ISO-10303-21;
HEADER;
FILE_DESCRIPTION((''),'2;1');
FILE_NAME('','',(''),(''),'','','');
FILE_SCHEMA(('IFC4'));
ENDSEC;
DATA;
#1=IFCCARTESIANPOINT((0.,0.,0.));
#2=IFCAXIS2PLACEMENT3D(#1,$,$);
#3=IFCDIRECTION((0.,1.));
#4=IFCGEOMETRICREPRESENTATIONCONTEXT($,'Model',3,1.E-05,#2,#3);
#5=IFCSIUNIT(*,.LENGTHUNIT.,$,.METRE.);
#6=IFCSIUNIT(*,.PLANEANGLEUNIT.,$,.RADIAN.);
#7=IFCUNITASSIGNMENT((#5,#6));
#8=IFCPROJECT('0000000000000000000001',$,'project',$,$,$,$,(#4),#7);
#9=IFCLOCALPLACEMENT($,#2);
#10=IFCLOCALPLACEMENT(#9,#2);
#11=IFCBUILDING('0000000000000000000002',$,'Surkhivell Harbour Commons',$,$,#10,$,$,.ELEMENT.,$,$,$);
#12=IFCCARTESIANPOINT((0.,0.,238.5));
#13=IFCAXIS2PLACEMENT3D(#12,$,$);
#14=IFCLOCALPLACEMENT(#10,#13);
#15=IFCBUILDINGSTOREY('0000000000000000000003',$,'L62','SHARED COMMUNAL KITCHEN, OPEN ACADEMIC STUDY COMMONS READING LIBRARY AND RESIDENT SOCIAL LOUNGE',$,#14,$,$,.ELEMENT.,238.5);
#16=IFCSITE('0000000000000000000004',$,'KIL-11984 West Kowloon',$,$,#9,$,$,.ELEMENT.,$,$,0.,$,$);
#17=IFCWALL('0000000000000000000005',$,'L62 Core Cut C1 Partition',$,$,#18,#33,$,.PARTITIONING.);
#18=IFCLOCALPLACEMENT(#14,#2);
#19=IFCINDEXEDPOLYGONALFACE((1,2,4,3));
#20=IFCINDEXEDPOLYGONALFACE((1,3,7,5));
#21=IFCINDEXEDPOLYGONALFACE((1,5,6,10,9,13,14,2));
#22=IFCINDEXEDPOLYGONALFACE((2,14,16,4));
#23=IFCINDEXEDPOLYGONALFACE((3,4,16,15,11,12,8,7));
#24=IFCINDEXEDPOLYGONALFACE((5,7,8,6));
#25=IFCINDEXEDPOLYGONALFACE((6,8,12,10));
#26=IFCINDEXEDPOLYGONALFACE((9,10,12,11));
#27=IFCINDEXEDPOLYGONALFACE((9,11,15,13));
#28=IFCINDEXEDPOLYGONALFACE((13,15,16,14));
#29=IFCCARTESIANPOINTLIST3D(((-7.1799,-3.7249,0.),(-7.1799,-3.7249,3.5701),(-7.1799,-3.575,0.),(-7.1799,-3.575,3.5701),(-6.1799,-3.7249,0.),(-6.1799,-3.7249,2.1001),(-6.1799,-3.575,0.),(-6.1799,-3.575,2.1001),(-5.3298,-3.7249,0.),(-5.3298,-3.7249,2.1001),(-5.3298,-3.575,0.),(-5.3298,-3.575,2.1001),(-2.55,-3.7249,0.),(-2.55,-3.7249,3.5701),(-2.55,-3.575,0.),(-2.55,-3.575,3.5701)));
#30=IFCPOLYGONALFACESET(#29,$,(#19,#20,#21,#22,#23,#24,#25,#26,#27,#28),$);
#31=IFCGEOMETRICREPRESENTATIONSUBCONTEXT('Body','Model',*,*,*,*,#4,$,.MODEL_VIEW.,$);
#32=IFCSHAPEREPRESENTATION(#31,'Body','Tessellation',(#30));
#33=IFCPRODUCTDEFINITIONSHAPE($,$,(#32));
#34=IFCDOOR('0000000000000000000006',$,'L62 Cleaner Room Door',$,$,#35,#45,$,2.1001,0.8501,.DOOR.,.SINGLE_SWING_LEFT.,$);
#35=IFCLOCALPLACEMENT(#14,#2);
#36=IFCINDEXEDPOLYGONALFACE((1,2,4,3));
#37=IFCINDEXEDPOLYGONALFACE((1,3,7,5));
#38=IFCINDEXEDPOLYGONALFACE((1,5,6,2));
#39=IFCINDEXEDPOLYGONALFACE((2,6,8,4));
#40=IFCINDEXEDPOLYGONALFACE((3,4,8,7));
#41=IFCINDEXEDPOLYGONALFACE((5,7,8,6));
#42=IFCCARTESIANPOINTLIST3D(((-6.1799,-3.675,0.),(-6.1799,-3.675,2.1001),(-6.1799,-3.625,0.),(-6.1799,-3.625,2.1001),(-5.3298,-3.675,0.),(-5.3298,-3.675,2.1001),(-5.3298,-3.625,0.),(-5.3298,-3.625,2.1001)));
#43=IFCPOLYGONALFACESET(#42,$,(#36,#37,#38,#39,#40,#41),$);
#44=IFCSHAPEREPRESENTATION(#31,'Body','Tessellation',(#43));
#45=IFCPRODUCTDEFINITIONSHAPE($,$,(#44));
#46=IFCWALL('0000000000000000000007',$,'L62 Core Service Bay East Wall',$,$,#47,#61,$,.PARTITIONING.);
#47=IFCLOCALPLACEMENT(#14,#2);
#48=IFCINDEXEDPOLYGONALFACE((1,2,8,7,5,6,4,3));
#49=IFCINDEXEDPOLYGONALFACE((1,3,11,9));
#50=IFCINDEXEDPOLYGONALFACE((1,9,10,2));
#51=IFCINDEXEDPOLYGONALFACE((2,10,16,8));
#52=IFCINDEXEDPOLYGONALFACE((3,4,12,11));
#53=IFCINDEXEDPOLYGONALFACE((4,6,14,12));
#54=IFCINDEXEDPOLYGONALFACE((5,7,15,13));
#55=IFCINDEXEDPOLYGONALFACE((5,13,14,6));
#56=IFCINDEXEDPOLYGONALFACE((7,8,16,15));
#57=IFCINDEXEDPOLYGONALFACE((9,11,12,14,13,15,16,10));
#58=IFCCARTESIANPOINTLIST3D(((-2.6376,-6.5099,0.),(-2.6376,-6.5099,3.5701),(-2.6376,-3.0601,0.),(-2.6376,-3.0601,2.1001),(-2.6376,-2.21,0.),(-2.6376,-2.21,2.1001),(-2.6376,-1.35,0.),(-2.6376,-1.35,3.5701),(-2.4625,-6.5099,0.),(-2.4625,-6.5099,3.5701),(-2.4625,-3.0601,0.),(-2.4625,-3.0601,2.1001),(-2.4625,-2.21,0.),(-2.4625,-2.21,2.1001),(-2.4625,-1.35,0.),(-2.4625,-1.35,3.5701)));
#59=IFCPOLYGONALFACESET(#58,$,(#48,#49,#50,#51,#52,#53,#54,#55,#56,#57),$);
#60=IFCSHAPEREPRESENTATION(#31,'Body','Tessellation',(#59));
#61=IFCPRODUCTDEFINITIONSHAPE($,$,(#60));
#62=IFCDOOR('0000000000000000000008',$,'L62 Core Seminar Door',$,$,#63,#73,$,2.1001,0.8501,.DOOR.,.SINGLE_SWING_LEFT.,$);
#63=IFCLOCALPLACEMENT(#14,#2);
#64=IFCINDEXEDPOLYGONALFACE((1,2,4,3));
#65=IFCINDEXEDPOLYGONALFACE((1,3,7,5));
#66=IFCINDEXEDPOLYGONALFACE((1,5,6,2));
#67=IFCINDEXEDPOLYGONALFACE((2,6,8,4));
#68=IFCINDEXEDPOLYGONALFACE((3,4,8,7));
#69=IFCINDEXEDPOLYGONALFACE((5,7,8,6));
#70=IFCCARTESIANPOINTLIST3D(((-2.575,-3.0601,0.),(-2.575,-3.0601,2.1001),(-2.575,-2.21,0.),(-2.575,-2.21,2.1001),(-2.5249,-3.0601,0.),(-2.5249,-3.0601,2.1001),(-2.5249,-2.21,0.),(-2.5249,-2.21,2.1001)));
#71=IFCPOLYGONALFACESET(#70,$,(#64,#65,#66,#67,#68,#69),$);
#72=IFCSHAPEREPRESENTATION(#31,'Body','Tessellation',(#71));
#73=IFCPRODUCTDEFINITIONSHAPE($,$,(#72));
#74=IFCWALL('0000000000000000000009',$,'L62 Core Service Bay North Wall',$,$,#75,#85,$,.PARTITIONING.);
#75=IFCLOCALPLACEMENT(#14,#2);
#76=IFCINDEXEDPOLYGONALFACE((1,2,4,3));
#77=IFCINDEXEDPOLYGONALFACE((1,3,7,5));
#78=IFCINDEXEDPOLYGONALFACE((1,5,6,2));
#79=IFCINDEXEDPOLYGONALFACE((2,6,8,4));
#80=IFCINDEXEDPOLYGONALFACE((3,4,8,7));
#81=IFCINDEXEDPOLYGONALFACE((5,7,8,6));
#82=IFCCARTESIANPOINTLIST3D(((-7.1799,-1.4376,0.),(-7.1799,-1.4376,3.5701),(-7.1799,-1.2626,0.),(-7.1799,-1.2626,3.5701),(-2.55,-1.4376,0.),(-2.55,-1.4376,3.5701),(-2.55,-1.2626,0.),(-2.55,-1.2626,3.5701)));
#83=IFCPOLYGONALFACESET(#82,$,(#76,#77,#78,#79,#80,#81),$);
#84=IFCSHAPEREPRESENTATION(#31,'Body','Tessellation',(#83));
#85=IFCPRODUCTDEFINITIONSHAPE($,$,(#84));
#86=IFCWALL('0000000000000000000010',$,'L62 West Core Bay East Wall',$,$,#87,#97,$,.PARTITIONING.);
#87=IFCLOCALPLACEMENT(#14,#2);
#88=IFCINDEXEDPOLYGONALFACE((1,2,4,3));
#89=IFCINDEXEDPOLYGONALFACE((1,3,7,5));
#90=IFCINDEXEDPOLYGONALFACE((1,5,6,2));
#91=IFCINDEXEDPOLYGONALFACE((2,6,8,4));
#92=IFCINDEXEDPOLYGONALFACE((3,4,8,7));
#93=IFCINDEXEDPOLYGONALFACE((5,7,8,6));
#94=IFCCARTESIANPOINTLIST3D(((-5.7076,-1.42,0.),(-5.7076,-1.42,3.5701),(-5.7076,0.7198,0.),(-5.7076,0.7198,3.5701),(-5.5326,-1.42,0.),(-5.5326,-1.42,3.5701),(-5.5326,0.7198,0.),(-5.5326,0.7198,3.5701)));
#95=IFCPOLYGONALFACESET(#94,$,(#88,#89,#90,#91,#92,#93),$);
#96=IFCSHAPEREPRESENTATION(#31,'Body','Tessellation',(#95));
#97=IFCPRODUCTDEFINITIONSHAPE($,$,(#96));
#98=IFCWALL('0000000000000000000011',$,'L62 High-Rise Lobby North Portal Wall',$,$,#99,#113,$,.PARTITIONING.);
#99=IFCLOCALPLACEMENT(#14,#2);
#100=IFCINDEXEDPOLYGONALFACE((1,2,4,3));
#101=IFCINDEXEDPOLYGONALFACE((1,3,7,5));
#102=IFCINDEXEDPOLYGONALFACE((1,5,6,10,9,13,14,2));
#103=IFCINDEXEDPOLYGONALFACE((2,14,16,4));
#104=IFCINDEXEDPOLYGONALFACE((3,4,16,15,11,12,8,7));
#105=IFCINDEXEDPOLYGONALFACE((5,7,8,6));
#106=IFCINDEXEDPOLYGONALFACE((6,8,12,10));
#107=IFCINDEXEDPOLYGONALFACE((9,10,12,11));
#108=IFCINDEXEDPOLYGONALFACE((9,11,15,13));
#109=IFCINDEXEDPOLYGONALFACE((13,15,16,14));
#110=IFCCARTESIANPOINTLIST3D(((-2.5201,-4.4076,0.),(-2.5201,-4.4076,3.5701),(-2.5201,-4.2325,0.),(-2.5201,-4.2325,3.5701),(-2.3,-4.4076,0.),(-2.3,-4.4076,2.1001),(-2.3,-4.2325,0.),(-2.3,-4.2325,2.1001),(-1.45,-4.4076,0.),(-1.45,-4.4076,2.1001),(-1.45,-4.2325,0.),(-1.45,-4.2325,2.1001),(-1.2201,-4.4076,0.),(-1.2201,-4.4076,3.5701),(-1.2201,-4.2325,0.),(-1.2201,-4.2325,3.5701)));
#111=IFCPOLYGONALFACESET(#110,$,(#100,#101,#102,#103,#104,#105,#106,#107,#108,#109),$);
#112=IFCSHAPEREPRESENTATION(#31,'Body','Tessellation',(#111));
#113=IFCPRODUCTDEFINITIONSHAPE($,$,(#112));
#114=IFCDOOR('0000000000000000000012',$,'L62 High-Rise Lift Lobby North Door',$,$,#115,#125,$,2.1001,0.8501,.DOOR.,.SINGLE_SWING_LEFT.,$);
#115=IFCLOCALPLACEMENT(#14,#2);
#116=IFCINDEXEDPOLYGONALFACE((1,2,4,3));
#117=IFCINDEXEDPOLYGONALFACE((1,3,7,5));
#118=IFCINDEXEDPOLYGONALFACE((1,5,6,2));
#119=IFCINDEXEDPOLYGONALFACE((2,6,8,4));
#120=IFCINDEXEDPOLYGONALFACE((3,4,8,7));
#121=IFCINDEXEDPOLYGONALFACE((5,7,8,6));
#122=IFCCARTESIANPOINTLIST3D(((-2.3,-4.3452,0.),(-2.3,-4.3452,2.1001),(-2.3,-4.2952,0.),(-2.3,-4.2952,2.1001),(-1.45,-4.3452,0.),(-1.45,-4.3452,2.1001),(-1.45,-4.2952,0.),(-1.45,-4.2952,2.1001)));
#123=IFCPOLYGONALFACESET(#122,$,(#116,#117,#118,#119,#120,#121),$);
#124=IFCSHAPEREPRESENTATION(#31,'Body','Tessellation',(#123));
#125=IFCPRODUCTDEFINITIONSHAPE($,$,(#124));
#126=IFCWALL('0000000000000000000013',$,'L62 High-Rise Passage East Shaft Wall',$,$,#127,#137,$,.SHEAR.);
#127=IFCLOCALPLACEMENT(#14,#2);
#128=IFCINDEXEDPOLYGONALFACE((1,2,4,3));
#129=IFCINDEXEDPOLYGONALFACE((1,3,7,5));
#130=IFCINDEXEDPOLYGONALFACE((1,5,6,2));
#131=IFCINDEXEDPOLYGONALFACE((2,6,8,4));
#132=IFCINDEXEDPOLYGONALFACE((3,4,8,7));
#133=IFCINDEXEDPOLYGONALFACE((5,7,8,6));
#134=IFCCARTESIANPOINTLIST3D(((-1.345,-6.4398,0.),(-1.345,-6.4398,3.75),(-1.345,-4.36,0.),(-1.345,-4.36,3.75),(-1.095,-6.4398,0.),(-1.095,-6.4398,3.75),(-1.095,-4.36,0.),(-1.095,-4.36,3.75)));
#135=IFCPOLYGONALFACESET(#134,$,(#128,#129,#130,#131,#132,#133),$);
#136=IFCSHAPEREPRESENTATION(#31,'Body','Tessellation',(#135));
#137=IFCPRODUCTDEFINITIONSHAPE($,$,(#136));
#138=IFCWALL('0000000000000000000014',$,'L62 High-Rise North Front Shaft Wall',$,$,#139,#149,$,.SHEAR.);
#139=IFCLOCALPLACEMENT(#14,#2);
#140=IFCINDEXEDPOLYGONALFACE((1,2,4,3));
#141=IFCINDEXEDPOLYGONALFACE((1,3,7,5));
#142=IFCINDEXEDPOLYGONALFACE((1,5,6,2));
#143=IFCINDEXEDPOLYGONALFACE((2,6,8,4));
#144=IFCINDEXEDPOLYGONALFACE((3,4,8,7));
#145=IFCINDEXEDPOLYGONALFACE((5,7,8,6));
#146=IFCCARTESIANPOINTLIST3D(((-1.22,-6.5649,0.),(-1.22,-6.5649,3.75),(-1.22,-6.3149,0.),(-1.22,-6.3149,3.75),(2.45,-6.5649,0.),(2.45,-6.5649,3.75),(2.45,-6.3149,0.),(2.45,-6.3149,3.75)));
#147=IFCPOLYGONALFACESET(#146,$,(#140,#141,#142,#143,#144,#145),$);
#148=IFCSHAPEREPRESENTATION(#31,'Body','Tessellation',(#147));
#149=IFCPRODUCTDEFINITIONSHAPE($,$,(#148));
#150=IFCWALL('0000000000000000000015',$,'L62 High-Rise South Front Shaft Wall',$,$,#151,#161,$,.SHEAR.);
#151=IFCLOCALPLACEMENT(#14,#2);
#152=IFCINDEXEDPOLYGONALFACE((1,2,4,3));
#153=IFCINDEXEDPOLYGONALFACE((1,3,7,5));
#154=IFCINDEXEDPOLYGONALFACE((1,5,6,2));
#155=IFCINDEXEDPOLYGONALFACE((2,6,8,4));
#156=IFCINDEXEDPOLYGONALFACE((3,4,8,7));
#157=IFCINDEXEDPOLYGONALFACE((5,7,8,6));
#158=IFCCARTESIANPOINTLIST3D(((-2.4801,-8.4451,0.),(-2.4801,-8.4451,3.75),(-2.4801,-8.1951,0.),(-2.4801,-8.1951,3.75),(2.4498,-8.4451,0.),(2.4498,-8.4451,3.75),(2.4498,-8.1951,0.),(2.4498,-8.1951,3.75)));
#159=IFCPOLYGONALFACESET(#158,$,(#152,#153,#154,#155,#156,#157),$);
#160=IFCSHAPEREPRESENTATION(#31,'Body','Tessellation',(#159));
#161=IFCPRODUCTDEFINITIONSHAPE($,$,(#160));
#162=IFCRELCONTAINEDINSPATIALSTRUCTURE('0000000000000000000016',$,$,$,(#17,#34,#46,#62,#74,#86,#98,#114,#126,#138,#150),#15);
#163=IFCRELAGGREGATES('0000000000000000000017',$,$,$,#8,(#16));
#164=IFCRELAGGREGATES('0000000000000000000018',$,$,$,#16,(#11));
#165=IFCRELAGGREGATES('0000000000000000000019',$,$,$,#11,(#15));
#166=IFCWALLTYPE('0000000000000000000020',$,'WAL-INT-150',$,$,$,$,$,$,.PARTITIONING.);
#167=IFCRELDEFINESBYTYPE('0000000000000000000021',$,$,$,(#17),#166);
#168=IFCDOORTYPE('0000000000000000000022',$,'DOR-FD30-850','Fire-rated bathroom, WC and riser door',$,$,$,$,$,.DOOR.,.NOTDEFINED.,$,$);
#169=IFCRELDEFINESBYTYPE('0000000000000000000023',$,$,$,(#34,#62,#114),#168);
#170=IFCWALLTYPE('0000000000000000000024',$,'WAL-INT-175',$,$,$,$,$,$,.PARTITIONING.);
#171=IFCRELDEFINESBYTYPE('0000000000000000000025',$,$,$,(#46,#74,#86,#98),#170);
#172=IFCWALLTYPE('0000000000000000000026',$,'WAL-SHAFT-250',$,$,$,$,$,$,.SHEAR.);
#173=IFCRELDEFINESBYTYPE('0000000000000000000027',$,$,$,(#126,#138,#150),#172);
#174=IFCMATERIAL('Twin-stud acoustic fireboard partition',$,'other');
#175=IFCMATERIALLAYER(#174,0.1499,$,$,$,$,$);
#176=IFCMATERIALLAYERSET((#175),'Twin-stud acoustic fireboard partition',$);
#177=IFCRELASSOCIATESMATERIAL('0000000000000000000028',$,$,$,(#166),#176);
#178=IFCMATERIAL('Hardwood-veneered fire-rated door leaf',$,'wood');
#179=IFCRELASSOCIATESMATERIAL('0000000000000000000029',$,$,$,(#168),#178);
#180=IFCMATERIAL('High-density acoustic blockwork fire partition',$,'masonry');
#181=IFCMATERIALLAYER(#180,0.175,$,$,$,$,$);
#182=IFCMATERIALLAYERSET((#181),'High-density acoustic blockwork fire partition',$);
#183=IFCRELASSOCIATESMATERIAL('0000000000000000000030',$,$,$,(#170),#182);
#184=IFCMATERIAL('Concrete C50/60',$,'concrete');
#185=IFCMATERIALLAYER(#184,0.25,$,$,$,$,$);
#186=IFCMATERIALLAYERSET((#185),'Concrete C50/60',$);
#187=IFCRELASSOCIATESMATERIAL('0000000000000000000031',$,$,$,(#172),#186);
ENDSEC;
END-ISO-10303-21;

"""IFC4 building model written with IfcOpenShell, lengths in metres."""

from ifc_helpers import new_model, si_unit, direction, frame, frame_2d, origin, place, context, subcontext, project, spatial, rectangle, extrude, material, layer, layer_set, type_object, element, fill, save


model = new_model("IFC4")

# Units and contexts
model_context = context("Model", 3, precision=1e-05, world=origin(), true_north=direction((0.0, 1.0)))
body_context = subcontext(model_context, "Body", "Model", "MODEL_VIEW")
ifc_project = project(units=[si_unit("LENGTHUNIT", "METRE"), si_unit("PLANEANGLEUNIT", "RADIAN")], contexts=[model_context])

# Site, building, storey
site_placement = place(None, origin())
site = spatial("IfcSite", under=ifc_project, at=site_placement, Name="KIL-11984 West Kowloon", CompositionType="ELEMENT", RefElevation=0.0)
building_placement = place(site_placement, origin())
building = spatial("IfcBuilding", under=site, at=building_placement, Name="Surkhivell Harbour Commons", CompositionType="ELEMENT")
storey_placement = place(building_placement, frame((0.0, 0.0, 238.5)))
storey = spatial("IfcBuildingStorey", under=building, at=storey_placement, Name="L62", Description="SHARED COMMUNAL KITCHEN, OPEN ACADEMIC STUDY COMMONS READING LIBRARY AND RESIDENT SOCIAL LOUNGE", CompositionType="ELEMENT", Elevation=238.5)

# Walls, openings, doors
ifc_material_1 = material(Name="Twin-stud acoustic fireboard partition", Category="other")
ifc_layer_1 = layer(ifc_material_1, 0.1499)
ifc_layer_set_1 = layer_set([ifc_layer_1], Name="Twin-stud acoustic fireboard partition")
wall_type_1 = type_object("IfcWallType", Name="WAL-INT-150", PredefinedType="PARTITIONING", material=ifc_layer_set_1)
wall_1_placement = place(storey_placement, frame((-7.1799, -3.6499, 0.0), z_axis=(0.0, 0.0, 1.0), x_axis=(1.0, 0.0, 0.0)))
wall_1 = element("IfcWall", 1, at=wall_1_placement, inside=storey, type_object=wall_type_1, Name="L62 Core Cut C1 Partition", PredefinedType="PARTITIONING", context=body_context, shape_type="SweptSolid", body=[
    extrude(rectangle(XDim=4.6299, YDim=0.1499, at=frame_2d((2.3149, 0.0))), origin(), (0.0, 0.0, 1.0), 3.5701),
])
opening_1_placement = place(wall_1_placement, frame((1.0, 0.0, 0.0)))
opening_1 = element("IfcOpeningElement", 2, at=opening_1_placement, cuts=wall_1, PredefinedType="OPENING", context=body_context, shape_type="SweptSolid", body=[
    extrude(rectangle(XDim=0.8501, YDim=2.1001, at=frame_2d((0.425, 1.05))), frame((0.0, 0.085, 0.0), z_axis=(0.0, -1.0, 0.0), x_axis=(1.0, 0.0, 0.0)), (0.0, 0.0, 1.0), 0.1699),
])
ifc_material_2 = material(Name="Hardwood-veneered fire-rated door leaf", Category="wood")
door_type = type_object("IfcDoorType", Name="DOR-FD30-850", Description="Fire-rated bathroom, WC and riser door", OperationType="NOTDEFINED", PredefinedType="DOOR", material=ifc_material_2)
door_1_placement = place(opening_1_placement, origin())
door_1 = element("IfcDoor", 3, at=door_1_placement, inside=storey, type_object=door_type, Name="L62 Cleaner Room Door", OperationType="SINGLE_SWING_LEFT", OverallHeight=2.1001, OverallWidth=0.8501, PredefinedType="DOOR", context=body_context, shape_type="SweptSolid", body=[
    extrude(rectangle(XDim=0.8501, YDim=2.1001, at=frame_2d((0.425, 1.05))), frame((0.0, 0.0249, 0.0), z_axis=(0.0, -1.0, 0.0), x_axis=(1.0, 0.0, 0.0)), (0.0, 0.0, 1.0), 0.05),
])
fill(opening_1, door_1)
ifc_material_3 = material(Name="High-density acoustic blockwork fire partition", Category="masonry")
ifc_layer_2 = layer(ifc_material_3, 0.175)
ifc_layer_set_2 = layer_set([ifc_layer_2], Name="High-density acoustic blockwork fire partition")
wall_type_2 = type_object("IfcWallType", Name="WAL-INT-175", PredefinedType="PARTITIONING", material=ifc_layer_set_2)
wall_2_placement = place(storey_placement, frame((-2.55, -6.51, 0.0), z_axis=(0.0, 0.0, 1.0), x_axis=(0.0, 1.0, 0.0)))
wall_2 = element("IfcWall", 4, at=wall_2_placement, inside=storey, type_object=wall_type_2, Name="L62 Core Service Bay East Wall", PredefinedType="PARTITIONING", context=body_context, shape_type="SweptSolid", body=[
    extrude(rectangle(XDim=5.1599, YDim=0.175, at=frame_2d((2.5801, 0.0))), origin(), (0.0, 0.0, 1.0), 3.5701),
])
opening_2_placement = place(wall_2_placement, frame((3.45, 0.0, 0.0)))
opening_2 = element("IfcOpeningElement", 5, at=opening_2_placement, cuts=wall_2, PredefinedType="OPENING", context=body_context, shape_type="SweptSolid", body=[
    extrude(rectangle(XDim=0.8501, YDim=2.1001, at=frame_2d((0.425, 1.05))), frame((0.0, 0.0974, 0.0), z_axis=(0.0, -1.0, 0.0), x_axis=(1.0, 0.0, 0.0)), (0.0, 0.0, 1.0), 0.1951),
])
door_2_placement = place(opening_2_placement, origin())
door_2 = element("IfcDoor", 6, at=door_2_placement, inside=storey, type_object=door_type, Name="L62 Core Seminar Door", OperationType="SINGLE_SWING_LEFT", OverallHeight=2.1001, OverallWidth=0.8501, PredefinedType="DOOR", context=body_context, shape_type="SweptSolid", body=[
    extrude(rectangle(XDim=0.8501, YDim=2.1001, at=frame_2d((0.425, 1.05))), frame((0.0, 0.0249, 0.0), z_axis=(0.0, -1.0, 0.0), x_axis=(1.0, 0.0, 0.0)), (0.0, 0.0, 1.0), 0.05),
])
fill(opening_2, door_2)

# Walls
wall_3_placement = place(storey_placement, frame((-7.1799, -1.3501, 0.0), z_axis=(0.0, 0.0, 1.0), x_axis=(1.0, 0.0, 0.0)))
element("IfcWall", 7, at=wall_3_placement, inside=storey, type_object=wall_type_2, Name="L62 Core Service Bay North Wall", PredefinedType="PARTITIONING", context=body_context, shape_type="SweptSolid", body=[
    extrude(rectangle(XDim=4.6299, YDim=0.175, at=frame_2d((2.3149, 0.0))), origin(), (0.0, 0.0, 1.0), 3.5701),
])
wall_4_placement = place(storey_placement, frame((-5.6201, -1.4199, 0.0), z_axis=(0.0, 0.0, 1.0), x_axis=(0.0, 1.0, 0.0)))
element("IfcWall", 8, at=wall_4_placement, inside=storey, type_object=wall_type_2, Name="L62 West Core Bay East Wall", PredefinedType="PARTITIONING", context=body_context, shape_type="SweptSolid", body=[
    extrude(rectangle(XDim=2.1399, YDim=0.175, at=frame_2d((1.0698, 0.0))), origin(), (0.0, 0.0, 1.0), 3.5701),
])

# Wall, opening, door
wall_5_placement = place(storey_placement, frame((-2.52, -4.3201, 0.0), z_axis=(0.0, 0.0, 1.0), x_axis=(1.0, 0.0, 0.0)))
wall_5 = element("IfcWall", 9, at=wall_5_placement, inside=storey, type_object=wall_type_2, Name="L62 High-Rise Lobby North Portal Wall", PredefinedType="PARTITIONING", context=body_context, shape_type="SweptSolid", body=[
    extrude(rectangle(XDim=1.3, YDim=0.175, at=frame_2d((0.6499, 0.0))), origin(), (0.0, 0.0, 1.0), 3.5701),
])
opening_3_placement = place(wall_5_placement, frame((0.22, 0.0, 0.0)))
opening_3 = element("IfcOpeningElement", 10, at=opening_3_placement, cuts=wall_5, PredefinedType="OPENING", context=body_context, shape_type="SweptSolid", body=[
    extrude(rectangle(XDim=0.8501, YDim=2.1001, at=frame_2d((0.425, 1.05))), frame((0.0, 0.0974, 0.0), z_axis=(0.0, -1.0, 0.0), x_axis=(1.0, 0.0, 0.0)), (0.0, 0.0, 1.0), 0.1951),
])
door_3_placement = place(opening_3_placement, origin())
door_3 = element("IfcDoor", 11, at=door_3_placement, inside=storey, type_object=door_type, Name="L62 High-Rise Lift Lobby North Door", OperationType="SINGLE_SWING_LEFT", OverallHeight=2.1001, OverallWidth=0.8501, PredefinedType="DOOR", context=body_context, shape_type="SweptSolid", body=[
    extrude(rectangle(XDim=0.8501, YDim=2.1001, at=frame_2d((0.425, 1.05))), frame((0.0, 0.0249, 0.0), z_axis=(0.0, -1.0, 0.0), x_axis=(1.0, 0.0, 0.0)), (0.0, 0.0, 1.0), 0.05),
])
fill(opening_3, door_3)

# Walls
ifc_material_4 = material(Name="Concrete C50/60", Category="concrete")
ifc_layer_3 = layer(ifc_material_4, 0.25)
ifc_layer_set_3 = layer_set([ifc_layer_3], Name="Concrete C50/60")
wall_type_3 = type_object("IfcWallType", Name="WAL-SHAFT-250", PredefinedType="SHEAR", material=ifc_layer_set_3)
wall_6_placement = place(storey_placement, frame((-1.22, -6.4399, 0.0), z_axis=(0.0, 0.0, 1.0), x_axis=(0.0, 1.0, 0.0)))
element("IfcWall", 12, at=wall_6_placement, inside=storey, type_object=wall_type_3, Name="L62 High-Rise Passage East Shaft Wall", PredefinedType="SHEAR", context=body_context, shape_type="SweptSolid", body=[
    extrude(rectangle(XDim=2.0798, YDim=0.25, at=frame_2d((1.04, 0.0))), origin(), (0.0, 0.0, 1.0), 3.75),
])
wall_7_placement = place(storey_placement, frame((-1.22, -6.4399, 0.0), z_axis=(0.0, 0.0, 1.0), x_axis=(1.0, 0.0, 0.0)))
element("IfcWall", 13, at=wall_7_placement, inside=storey, type_object=wall_type_3, Name="L62 High-Rise North Front Shaft Wall", PredefinedType="SHEAR", context=body_context, shape_type="SweptSolid", body=[
    extrude(rectangle(XDim=3.6699, YDim=0.25, at=frame_2d((1.835, 0.0))), origin(), (0.0, 0.0, 1.0), 3.75),
])
wall_8_placement = place(storey_placement, frame((-2.48, -8.3201, 0.0), z_axis=(0.0, 0.0, 1.0), x_axis=(1.0, 0.0, 0.0)))
element("IfcWall", 14, at=wall_8_placement, inside=storey, type_object=wall_type_3, Name="L62 High-Rise South Front Shaft Wall", PredefinedType="SHEAR", context=body_context, shape_type="SweptSolid", body=[
    extrude(rectangle(XDim=4.9299, YDim=0.25, at=frame_2d((2.4648, 0.0))), origin(), (0.0, 0.0, 1.0), 3.75),
])

save(model, "model.ifc")
